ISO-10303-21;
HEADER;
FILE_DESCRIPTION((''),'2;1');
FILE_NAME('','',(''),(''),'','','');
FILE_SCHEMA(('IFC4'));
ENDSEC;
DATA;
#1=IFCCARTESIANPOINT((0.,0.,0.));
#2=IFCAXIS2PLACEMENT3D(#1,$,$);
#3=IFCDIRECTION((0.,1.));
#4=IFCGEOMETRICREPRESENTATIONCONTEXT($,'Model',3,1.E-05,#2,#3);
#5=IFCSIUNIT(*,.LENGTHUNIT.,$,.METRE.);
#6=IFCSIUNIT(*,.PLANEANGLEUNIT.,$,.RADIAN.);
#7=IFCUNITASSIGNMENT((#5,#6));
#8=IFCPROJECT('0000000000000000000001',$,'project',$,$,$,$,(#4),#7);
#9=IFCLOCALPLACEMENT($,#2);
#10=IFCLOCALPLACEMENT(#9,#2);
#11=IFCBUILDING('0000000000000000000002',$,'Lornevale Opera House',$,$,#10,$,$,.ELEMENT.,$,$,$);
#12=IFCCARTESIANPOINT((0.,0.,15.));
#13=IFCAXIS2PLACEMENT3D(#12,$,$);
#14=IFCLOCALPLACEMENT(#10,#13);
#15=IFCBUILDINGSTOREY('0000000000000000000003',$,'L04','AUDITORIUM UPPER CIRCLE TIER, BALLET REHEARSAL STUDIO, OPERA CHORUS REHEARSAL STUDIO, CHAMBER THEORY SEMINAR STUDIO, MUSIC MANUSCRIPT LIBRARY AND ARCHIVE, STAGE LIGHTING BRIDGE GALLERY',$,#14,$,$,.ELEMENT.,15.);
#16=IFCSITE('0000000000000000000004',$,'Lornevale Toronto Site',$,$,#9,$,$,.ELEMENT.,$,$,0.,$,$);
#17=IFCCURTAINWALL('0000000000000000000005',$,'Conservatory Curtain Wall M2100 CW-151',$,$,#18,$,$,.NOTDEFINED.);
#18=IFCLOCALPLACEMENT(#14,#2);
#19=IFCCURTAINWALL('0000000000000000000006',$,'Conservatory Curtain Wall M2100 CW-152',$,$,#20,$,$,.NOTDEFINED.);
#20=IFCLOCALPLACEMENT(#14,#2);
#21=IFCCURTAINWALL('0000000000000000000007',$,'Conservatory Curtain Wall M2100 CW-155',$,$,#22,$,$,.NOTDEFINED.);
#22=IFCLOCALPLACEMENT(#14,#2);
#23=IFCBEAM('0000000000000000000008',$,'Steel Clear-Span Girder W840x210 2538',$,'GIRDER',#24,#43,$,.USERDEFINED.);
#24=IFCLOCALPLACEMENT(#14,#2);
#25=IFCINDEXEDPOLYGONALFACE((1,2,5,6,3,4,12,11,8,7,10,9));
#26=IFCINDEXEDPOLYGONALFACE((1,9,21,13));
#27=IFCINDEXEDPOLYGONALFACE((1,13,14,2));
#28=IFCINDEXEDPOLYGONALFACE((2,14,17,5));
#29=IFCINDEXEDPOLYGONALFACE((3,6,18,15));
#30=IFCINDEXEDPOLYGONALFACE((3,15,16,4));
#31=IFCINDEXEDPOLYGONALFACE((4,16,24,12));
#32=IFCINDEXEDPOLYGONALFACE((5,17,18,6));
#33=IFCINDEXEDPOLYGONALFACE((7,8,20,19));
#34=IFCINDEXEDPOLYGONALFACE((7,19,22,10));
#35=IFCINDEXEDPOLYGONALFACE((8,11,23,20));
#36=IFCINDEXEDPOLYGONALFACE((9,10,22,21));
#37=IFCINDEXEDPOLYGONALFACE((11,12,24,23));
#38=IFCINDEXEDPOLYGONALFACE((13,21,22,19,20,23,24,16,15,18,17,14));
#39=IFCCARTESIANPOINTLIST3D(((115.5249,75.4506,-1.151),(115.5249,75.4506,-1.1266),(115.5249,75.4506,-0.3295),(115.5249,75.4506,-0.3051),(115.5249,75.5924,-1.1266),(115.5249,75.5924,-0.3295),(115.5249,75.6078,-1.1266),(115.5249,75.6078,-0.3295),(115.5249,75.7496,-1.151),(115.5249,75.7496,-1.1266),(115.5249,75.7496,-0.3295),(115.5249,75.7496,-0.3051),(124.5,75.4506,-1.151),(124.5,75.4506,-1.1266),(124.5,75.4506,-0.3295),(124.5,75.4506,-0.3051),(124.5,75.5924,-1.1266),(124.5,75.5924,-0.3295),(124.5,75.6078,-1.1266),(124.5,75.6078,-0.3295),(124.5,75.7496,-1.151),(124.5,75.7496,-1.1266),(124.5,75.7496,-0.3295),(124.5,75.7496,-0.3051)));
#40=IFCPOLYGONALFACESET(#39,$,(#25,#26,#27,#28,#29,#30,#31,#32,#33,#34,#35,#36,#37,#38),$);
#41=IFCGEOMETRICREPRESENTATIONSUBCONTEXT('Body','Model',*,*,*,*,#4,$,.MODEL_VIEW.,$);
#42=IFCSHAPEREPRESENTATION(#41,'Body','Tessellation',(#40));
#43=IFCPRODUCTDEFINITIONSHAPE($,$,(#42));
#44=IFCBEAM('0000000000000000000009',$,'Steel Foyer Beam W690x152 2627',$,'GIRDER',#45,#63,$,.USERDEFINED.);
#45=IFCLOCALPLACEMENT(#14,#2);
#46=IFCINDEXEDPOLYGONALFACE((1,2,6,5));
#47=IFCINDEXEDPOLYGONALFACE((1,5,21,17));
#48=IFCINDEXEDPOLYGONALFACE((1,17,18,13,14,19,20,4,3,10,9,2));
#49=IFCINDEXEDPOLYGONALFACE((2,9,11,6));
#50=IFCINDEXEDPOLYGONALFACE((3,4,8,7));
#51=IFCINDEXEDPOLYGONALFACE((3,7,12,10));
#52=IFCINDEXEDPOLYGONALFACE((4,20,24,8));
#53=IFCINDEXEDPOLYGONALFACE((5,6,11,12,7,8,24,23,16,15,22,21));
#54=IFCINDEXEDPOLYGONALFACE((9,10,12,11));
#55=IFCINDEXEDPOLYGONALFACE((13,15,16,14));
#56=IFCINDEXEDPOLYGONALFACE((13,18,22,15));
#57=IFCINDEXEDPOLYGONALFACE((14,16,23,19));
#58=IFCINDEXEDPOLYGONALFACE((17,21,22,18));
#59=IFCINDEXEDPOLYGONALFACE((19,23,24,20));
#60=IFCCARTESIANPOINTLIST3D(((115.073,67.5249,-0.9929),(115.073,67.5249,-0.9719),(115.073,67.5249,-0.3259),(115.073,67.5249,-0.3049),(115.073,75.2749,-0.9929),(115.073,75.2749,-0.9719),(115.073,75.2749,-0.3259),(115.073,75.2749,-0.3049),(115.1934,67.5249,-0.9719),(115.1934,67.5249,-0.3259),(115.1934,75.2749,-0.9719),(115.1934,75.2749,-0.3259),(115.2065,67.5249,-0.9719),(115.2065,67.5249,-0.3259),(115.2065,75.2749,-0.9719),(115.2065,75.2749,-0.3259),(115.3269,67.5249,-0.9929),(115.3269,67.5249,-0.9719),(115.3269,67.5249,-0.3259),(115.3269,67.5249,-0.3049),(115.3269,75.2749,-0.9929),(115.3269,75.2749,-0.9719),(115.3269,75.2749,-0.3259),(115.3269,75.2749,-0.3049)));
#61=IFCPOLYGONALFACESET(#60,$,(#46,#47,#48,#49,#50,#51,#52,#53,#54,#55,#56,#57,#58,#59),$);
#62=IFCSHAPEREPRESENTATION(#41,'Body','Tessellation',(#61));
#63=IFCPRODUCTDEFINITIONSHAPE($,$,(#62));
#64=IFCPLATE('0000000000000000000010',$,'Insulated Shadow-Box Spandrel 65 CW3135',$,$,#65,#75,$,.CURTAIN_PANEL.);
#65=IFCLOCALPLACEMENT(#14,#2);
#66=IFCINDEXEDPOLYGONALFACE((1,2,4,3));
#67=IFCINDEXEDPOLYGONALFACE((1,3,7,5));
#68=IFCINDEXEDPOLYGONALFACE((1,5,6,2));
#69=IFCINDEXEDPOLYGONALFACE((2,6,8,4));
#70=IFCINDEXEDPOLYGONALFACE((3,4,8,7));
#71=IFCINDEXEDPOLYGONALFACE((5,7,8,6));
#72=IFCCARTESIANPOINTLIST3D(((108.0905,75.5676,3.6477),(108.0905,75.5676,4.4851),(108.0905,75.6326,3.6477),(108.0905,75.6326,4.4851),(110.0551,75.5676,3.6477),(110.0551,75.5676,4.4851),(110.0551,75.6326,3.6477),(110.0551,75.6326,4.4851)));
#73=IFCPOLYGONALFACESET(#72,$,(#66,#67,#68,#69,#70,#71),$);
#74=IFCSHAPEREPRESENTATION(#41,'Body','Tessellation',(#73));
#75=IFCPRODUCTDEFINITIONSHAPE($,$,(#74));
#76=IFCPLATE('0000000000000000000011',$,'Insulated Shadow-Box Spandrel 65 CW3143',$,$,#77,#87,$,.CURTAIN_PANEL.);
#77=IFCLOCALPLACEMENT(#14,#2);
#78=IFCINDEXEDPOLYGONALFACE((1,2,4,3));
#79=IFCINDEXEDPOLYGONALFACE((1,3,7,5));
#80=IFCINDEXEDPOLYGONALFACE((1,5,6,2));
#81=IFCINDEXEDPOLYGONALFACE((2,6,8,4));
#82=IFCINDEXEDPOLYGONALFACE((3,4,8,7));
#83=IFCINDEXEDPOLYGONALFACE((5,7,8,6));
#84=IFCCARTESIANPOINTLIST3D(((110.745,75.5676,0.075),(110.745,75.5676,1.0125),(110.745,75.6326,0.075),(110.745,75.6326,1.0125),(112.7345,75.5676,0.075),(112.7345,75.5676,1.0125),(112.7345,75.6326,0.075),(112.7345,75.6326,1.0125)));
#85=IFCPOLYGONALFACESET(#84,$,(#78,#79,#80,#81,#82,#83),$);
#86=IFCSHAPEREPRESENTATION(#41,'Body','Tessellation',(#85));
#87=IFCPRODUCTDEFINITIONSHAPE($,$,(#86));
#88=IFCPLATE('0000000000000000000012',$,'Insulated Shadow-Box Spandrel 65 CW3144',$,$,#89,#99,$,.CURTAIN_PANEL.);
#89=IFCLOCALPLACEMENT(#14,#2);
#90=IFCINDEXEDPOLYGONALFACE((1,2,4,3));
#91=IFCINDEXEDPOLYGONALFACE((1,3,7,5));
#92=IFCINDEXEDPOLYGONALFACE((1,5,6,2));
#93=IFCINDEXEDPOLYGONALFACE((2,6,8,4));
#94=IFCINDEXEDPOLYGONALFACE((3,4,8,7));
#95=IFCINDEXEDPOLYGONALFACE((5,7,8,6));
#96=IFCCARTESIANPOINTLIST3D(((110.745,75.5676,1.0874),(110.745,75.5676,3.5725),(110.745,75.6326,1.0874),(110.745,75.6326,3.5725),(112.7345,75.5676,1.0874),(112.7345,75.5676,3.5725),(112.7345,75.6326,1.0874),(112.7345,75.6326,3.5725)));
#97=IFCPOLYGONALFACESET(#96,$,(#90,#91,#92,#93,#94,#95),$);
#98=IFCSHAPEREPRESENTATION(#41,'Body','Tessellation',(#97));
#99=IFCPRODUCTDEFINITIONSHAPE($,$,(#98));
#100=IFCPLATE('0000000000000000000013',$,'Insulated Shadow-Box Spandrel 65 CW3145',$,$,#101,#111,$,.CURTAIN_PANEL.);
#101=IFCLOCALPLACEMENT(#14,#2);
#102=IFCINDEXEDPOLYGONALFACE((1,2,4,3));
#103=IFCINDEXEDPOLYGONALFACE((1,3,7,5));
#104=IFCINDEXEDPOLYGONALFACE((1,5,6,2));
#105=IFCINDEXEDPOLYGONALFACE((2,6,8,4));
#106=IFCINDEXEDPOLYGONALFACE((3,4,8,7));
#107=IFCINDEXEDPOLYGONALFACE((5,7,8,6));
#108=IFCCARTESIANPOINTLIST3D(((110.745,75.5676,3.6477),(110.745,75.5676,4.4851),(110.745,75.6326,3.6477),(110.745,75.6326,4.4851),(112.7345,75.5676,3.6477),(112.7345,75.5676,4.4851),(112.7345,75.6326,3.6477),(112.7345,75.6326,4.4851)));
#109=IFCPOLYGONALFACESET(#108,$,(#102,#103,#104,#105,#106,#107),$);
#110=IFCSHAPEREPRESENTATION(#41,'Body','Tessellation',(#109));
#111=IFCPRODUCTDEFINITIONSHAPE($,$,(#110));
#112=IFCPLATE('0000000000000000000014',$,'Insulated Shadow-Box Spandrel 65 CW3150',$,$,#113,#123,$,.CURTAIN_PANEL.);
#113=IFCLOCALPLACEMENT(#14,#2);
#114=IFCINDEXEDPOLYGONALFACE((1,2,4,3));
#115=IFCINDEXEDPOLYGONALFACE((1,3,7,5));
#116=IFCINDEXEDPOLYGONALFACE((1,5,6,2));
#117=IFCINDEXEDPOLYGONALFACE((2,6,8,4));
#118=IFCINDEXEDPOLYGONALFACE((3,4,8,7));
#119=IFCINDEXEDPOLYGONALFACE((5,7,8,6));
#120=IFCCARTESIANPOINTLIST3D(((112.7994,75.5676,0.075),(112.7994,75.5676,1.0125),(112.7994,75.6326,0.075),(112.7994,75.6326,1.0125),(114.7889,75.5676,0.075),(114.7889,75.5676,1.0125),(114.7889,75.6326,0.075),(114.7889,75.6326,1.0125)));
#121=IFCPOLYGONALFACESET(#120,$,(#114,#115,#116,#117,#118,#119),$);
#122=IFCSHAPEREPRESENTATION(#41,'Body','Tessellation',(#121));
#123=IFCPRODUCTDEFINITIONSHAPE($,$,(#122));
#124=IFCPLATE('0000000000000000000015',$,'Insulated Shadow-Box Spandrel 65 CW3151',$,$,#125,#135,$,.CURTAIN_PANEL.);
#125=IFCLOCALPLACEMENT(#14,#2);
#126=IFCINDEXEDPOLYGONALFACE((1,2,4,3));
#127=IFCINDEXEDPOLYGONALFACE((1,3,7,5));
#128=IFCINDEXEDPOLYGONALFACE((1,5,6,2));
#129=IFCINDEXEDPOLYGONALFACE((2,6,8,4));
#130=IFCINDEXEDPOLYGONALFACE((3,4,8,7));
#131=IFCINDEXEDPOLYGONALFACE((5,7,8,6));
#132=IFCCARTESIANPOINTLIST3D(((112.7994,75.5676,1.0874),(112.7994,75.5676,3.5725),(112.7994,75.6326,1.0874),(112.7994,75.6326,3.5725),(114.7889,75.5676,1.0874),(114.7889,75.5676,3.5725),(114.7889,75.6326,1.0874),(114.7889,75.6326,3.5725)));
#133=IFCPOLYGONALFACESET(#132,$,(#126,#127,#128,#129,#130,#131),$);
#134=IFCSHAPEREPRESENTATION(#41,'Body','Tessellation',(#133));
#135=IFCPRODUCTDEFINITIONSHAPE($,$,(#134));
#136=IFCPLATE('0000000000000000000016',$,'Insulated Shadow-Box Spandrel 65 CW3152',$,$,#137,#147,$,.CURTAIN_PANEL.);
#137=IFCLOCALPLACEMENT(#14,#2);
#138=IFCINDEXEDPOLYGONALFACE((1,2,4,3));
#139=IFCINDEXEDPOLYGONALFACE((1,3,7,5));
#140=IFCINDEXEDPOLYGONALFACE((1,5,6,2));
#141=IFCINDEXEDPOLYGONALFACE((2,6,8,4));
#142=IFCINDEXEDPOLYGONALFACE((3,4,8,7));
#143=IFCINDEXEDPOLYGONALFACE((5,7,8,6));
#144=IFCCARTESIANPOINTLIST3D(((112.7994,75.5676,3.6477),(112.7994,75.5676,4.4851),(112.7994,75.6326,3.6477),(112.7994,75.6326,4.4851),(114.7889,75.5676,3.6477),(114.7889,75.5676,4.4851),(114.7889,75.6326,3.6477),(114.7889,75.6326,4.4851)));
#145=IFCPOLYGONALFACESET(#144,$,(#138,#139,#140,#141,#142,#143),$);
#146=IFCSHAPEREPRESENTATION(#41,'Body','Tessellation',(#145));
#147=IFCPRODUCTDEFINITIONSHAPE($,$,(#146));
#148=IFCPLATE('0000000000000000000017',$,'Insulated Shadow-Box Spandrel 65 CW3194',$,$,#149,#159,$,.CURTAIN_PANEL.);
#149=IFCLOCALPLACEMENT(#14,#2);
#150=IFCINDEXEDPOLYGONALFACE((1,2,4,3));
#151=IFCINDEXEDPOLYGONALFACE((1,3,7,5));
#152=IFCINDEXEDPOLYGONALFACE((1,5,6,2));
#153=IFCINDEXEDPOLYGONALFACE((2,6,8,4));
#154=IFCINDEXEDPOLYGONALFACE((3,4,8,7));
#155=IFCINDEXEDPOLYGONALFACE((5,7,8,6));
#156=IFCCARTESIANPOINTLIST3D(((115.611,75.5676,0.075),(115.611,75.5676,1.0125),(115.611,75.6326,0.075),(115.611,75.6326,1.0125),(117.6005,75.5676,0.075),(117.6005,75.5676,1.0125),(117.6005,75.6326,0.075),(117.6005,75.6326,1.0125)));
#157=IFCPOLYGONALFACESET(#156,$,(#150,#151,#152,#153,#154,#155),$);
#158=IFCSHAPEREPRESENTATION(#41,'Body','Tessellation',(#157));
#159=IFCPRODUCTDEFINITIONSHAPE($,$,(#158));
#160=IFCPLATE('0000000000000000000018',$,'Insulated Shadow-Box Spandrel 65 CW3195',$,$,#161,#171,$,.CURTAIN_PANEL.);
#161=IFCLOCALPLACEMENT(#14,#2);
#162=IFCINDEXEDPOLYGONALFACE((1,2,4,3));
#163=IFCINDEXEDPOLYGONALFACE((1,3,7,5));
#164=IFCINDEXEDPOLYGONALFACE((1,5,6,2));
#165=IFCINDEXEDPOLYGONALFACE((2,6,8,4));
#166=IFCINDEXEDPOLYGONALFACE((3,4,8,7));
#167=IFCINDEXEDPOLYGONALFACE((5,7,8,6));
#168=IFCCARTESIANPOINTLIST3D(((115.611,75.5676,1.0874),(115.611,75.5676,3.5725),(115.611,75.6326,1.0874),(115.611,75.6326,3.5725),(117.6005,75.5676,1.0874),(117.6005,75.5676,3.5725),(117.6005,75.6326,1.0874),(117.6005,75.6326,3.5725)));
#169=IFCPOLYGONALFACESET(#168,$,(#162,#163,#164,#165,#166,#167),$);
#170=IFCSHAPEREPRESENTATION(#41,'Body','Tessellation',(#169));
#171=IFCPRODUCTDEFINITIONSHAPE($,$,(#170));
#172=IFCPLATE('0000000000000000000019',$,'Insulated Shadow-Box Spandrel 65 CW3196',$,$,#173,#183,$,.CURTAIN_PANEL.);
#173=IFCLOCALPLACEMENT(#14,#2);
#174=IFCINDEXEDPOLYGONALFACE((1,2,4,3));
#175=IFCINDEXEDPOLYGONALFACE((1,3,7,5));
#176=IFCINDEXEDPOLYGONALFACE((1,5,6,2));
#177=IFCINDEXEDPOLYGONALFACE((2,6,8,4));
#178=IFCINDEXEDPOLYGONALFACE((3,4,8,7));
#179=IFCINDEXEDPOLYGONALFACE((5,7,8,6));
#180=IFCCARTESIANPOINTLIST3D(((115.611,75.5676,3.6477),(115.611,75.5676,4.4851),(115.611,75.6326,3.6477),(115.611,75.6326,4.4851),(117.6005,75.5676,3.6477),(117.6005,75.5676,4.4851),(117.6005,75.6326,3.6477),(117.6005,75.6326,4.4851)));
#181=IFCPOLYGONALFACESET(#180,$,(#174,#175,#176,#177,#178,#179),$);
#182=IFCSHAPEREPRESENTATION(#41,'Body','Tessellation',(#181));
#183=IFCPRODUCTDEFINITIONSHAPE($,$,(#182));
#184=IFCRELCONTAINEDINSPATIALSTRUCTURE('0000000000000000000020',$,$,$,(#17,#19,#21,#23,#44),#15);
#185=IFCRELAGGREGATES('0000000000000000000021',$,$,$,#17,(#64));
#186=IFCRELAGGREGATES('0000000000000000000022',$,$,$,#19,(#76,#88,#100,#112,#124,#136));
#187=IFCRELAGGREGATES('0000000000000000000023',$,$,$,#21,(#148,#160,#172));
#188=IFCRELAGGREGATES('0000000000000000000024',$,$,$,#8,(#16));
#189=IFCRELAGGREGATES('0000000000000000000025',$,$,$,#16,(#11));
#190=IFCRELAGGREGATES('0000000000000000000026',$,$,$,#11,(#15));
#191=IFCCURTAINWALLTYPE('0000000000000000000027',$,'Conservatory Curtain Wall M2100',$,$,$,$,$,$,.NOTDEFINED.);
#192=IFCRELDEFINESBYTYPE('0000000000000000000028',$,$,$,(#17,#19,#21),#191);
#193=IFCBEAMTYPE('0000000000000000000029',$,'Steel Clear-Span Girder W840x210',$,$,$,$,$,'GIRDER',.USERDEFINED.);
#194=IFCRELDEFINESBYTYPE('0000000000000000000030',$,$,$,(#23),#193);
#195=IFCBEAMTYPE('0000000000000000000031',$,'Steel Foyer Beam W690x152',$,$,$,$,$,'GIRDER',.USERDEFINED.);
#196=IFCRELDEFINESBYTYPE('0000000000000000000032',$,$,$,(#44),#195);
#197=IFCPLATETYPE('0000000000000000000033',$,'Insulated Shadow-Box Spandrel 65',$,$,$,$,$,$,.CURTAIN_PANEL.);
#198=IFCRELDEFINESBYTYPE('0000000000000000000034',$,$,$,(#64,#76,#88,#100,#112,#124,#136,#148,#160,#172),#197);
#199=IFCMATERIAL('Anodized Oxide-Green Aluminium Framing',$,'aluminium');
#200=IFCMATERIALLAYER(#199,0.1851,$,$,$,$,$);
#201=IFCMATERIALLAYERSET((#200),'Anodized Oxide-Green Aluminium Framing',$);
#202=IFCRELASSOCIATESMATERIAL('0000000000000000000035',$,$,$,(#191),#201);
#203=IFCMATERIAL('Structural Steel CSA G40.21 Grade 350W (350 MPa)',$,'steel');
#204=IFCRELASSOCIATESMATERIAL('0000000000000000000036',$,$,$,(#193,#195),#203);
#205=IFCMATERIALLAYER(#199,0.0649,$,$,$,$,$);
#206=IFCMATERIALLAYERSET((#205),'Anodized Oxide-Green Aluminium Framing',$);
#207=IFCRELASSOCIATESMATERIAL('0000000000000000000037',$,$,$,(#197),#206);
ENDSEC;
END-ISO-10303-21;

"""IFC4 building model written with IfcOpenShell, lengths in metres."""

from ifc_helpers import new_model, si_unit, direction, frame, origin, origin_2d, place, context, subcontext, project, spatial, rectangle, i_section, extrude, material, layer, layer_set, material_profile, profile_set, type_object, element, aggregate, save


model = new_model("IFC4")

# Units and contexts
model_context = context("Model", 3, precision=1e-05, world=origin(), true_north=direction((0.0, 1.0)))
body_context = subcontext(model_context, "Body", "Model", "MODEL_VIEW")
ifc_project = project(units=[si_unit("LENGTHUNIT", "METRE"), si_unit("PLANEANGLEUNIT", "RADIAN")], contexts=[model_context])

# Site, building, storey
site_placement = place(None, origin())
site = spatial("IfcSite", under=ifc_project, at=site_placement, Name="Lornevale Toronto Site", CompositionType="ELEMENT", RefElevation=0.0)
building_placement = place(site_placement, origin())
building = spatial("IfcBuilding", under=site, at=building_placement, Name="Lornevale Opera House", CompositionType="ELEMENT")
storey_placement = place(building_placement, frame((0.0, 0.0, 15.0)))
storey = spatial("IfcBuildingStorey", under=building, at=storey_placement, Name="L04", Description="AUDITORIUM UPPER CIRCLE TIER, BALLET REHEARSAL STUDIO, OPERA CHORUS REHEARSAL STUDIO, CHAMBER THEORY SEMINAR STUDIO, MUSIC MANUSCRIPT LIBRARY AND ARCHIVE, STAGE LIGHTING BRIDGE GALLERY", CompositionType="ELEMENT", Elevation=15.0)

# Curtain wall
ifc_material_1 = material(Name="Anodized Oxide-Green Aluminium Framing", Category="aluminium")
ifc_layer_1 = layer(ifc_material_1, 0.1851)
ifc_layer_set_1 = layer_set([ifc_layer_1], Name="Anodized Oxide-Green Aluminium Framing")
curtain_wall_type = type_object("IfcCurtainWallType", Name="Conservatory Curtain Wall M2100", PredefinedType="NOTDEFINED", material=ifc_layer_set_1)
curtain_wall_1_placement = place(storey_placement, origin())
curtain_wall_1 = element("IfcCurtainWall", 1, at=curtain_wall_1_placement, inside=storey, type_object=curtain_wall_type, Name="Conservatory Curtain Wall M2100 CW-151", PredefinedType="NOTDEFINED")

# Curtain walls
curtain_wall_2_placement = place(storey_placement, origin())
curtain_wall_2 = element("IfcCurtainWall", 2, at=curtain_wall_2_placement, inside=storey, type_object=curtain_wall_type, Name="Conservatory Curtain Wall M2100 CW-152", PredefinedType="NOTDEFINED")
curtain_wall_3_placement = place(storey_placement, origin())
curtain_wall_3 = element("IfcCurtainWall", 3, at=curtain_wall_3_placement, inside=storey, type_object=curtain_wall_type, Name="Conservatory Curtain Wall M2100 CW-155", PredefinedType="NOTDEFINED")

# Beams
ifc_material_2 = material(Name="Structural Steel CSA G40.21 Grade 350W (350 MPa)", Category="steel")
ifc_material_profile_1 = material_profile(ifc_material_2, i_section(OverallWidth=0.2991, OverallDepth=0.8459, WebThickness=0.0154, FlangeThickness=0.0244, at=origin_2d()), Name="W840x210")
ifc_profile_set_1 = profile_set([ifc_material_profile_1], Name="Structural Steel CSA G40.21 Grade 350W (350 MPa)")
beam_type_1 = type_object("IfcBeamType", Name="Steel Clear-Span Girder W840x210", ElementType="GIRDER", PredefinedType="USERDEFINED", material=ifc_profile_set_1)
beam_1_placement = place(storey_placement, frame((115.5249, 75.6001, -0.728), z_axis=(1.0, 0.0, 0.0), x_axis=(0.0, 1.0, 0.0)))
element("IfcBeam", 4, at=beam_1_placement, inside=storey, type_object=beam_type_1, Name="Steel Clear-Span Girder W840x210 2538", ObjectType="GIRDER", PredefinedType="USERDEFINED", context=body_context, shape_type="SweptSolid", body=[
    extrude(i_section(OverallWidth=0.2991, OverallDepth=0.8459, WebThickness=0.0154, FlangeThickness=0.0244, at=origin_2d()), origin(), (0.0, 0.0, 1.0), 8.9751),
])
ifc_material_profile_2 = material_profile(ifc_material_2, i_section(OverallWidth=0.2539, OverallDepth=0.688, WebThickness=0.0132, FlangeThickness=0.021, at=origin_2d()), Name="W690x152")
ifc_profile_set_2 = profile_set([ifc_material_profile_2], Name="Structural Steel CSA G40.21 Grade 350W (350 MPa)")
beam_type_2 = type_object("IfcBeamType", Name="Steel Foyer Beam W690x152", ElementType="GIRDER", PredefinedType="USERDEFINED", material=ifc_profile_set_2)
beam_2_placement = place(storey_placement, frame((115.2, 67.5249, -0.6489), z_axis=(0.0, 1.0, 0.0), x_axis=(-1.0, 0.0, 0.0)))
element("IfcBeam", 5, at=beam_2_placement, inside=storey, type_object=beam_type_2, Name="Steel Foyer Beam W690x152 2627", ObjectType="GIRDER", PredefinedType="USERDEFINED", context=body_context, shape_type="SweptSolid", body=[
    extrude(i_section(OverallWidth=0.2539, OverallDepth=0.688, WebThickness=0.0132, FlangeThickness=0.021, at=origin_2d()), origin(), (0.0, 0.0, 1.0), 7.75),
])

# Plates
ifc_layer_2 = layer(ifc_material_1, 0.0649)
ifc_layer_set_2 = layer_set([ifc_layer_2], Name="Anodized Oxide-Green Aluminium Framing")
plate_type = type_object("IfcPlateType", Name="Insulated Shadow-Box Spandrel 65", PredefinedType="CURTAIN_PANEL", material=ifc_layer_set_2)
plate_1_placement = place(storey_placement, frame((109.0728, 75.6001, 3.6477), z_axis=(0.0, 0.0, 1.0), x_axis=(1.0, 0.0, 0.0)))
plate_1 = element("IfcPlate", 6, at=plate_1_placement, type_object=plate_type, Name="Insulated Shadow-Box Spandrel 65 CW3135", PredefinedType="CURTAIN_PANEL", context=body_context, shape_type="SweptSolid", body=[
    extrude(rectangle(XDim=1.9646, YDim=0.0649, at=origin_2d()), origin(), (0.0, 0.0, 1.0), 0.8374),
])
aggregate(curtain_wall_1, [plate_1])
plate_2_placement = place(storey_placement, frame((111.7397, 75.6001, 0.075), z_axis=(0.0, 0.0, 1.0), x_axis=(1.0, 0.0, 0.0)))
plate_2 = element("IfcPlate", 7, at=plate_2_placement, type_object=plate_type, Name="Insulated Shadow-Box Spandrel 65 CW3143", PredefinedType="CURTAIN_PANEL", context=body_context, shape_type="SweptSolid", body=[
    extrude(rectangle(XDim=1.9895, YDim=0.0649, at=origin_2d()), origin(), (0.0, 0.0, 1.0), 0.9375),
])
plate_3_placement = place(storey_placement, frame((111.7397, 75.6001, 1.0874), z_axis=(0.0, 0.0, 1.0), x_axis=(1.0, 0.0, 0.0)))
plate_3 = element("IfcPlate", 8, at=plate_3_placement, type_object=plate_type, Name="Insulated Shadow-Box Spandrel 65 CW3144", PredefinedType="CURTAIN_PANEL", context=body_context, shape_type="SweptSolid", body=[
    extrude(rectangle(XDim=1.9895, YDim=0.0649, at=origin_2d()), origin(), (0.0, 0.0, 1.0), 2.4851),
])
plate_4_placement = place(storey_placement, frame((111.7397, 75.6001, 3.6477), z_axis=(0.0, 0.0, 1.0), x_axis=(1.0, 0.0, 0.0)))
plate_4 = element("IfcPlate", 9, at=plate_4_placement, type_object=plate_type, Name="Insulated Shadow-Box Spandrel 65 CW3145", PredefinedType="CURTAIN_PANEL", context=body_context, shape_type="SweptSolid", body=[
    extrude(rectangle(XDim=1.9895, YDim=0.0649, at=origin_2d()), origin(), (0.0, 0.0, 1.0), 0.8374),
])
plate_5_placement = place(storey_placement, frame((113.7942, 75.6001, 0.075), z_axis=(0.0, 0.0, 1.0), x_axis=(1.0, 0.0, 0.0)))
plate_5 = element("IfcPlate", 10, at=plate_5_placement, type_object=plate_type, Name="Insulated Shadow-Box Spandrel 65 CW3150", PredefinedType="CURTAIN_PANEL", context=body_context, shape_type="SweptSolid", body=[
    extrude(rectangle(XDim=1.9895, YDim=0.0649, at=origin_2d()), origin(), (0.0, 0.0, 1.0), 0.9375),
])
plate_6_placement = place(storey_placement, frame((113.7942, 75.6001, 1.0874), z_axis=(0.0, 0.0, 1.0), x_axis=(1.0, 0.0, 0.0)))
plate_6 = element("IfcPlate", 11, at=plate_6_placement, type_object=plate_type, Name="Insulated Shadow-Box Spandrel 65 CW3151", PredefinedType="CURTAIN_PANEL", context=body_context, shape_type="SweptSolid", body=[
    extrude(rectangle(XDim=1.9895, YDim=0.0649, at=origin_2d()), origin(), (0.0, 0.0, 1.0), 2.4851),
])
plate_7_placement = place(storey_placement, frame((113.7942, 75.6001, 3.6477), z_axis=(0.0, 0.0, 1.0), x_axis=(1.0, 0.0, 0.0)))
plate_7 = element("IfcPlate", 12, at=plate_7_placement, type_object=plate_type, Name="Insulated Shadow-Box Spandrel 65 CW3152", PredefinedType="CURTAIN_PANEL", context=body_context, shape_type="SweptSolid", body=[
    extrude(rectangle(XDim=1.9895, YDim=0.0649, at=origin_2d()), origin(), (0.0, 0.0, 1.0), 0.8374),
])
aggregate(curtain_wall_2, [plate_2, plate_3, plate_4, plate_5, plate_6, plate_7])
plate_8_placement = place(storey_placement, frame((116.6057, 75.6001, 0.075), z_axis=(0.0, 0.0, 1.0), x_axis=(1.0, 0.0, 0.0)))
plate_8 = element("IfcPlate", 13, at=plate_8_placement, type_object=plate_type, Name="Insulated Shadow-Box Spandrel 65 CW3194", PredefinedType="CURTAIN_PANEL", context=body_context, shape_type="SweptSolid", body=[
    extrude(rectangle(XDim=1.9895, YDim=0.0649, at=origin_2d()), origin(), (0.0, 0.0, 1.0), 0.9375),
])
plate_9_placement = place(storey_placement, frame((116.6057, 75.6001, 1.0874), z_axis=(0.0, 0.0, 1.0), x_axis=(1.0, 0.0, 0.0)))
plate_9 = element("IfcPlate", 14, at=plate_9_placement, type_object=plate_type, Name="Insulated Shadow-Box Spandrel 65 CW3195", PredefinedType="CURTAIN_PANEL", context=body_context, shape_type="SweptSolid", body=[
    extrude(rectangle(XDim=1.9895, YDim=0.0649, at=origin_2d()), origin(), (0.0, 0.0, 1.0), 2.4851),
])
plate_10_placement = place(storey_placement, frame((116.6057, 75.6001, 3.6477), z_axis=(0.0, 0.0, 1.0), x_axis=(1.0, 0.0, 0.0)))
plate_10 = element("IfcPlate", 15, at=plate_10_placement, type_object=plate_type, Name="Insulated Shadow-Box Spandrel 65 CW3196", PredefinedType="CURTAIN_PANEL", context=body_context, shape_type="SweptSolid", body=[
    extrude(rectangle(XDim=1.9895, YDim=0.0649, at=origin_2d()), origin(), (0.0, 0.0, 1.0), 0.8374),
])
aggregate(curtain_wall_3, [plate_8, plate_9, plate_10])

save(model, "model.ifc")
